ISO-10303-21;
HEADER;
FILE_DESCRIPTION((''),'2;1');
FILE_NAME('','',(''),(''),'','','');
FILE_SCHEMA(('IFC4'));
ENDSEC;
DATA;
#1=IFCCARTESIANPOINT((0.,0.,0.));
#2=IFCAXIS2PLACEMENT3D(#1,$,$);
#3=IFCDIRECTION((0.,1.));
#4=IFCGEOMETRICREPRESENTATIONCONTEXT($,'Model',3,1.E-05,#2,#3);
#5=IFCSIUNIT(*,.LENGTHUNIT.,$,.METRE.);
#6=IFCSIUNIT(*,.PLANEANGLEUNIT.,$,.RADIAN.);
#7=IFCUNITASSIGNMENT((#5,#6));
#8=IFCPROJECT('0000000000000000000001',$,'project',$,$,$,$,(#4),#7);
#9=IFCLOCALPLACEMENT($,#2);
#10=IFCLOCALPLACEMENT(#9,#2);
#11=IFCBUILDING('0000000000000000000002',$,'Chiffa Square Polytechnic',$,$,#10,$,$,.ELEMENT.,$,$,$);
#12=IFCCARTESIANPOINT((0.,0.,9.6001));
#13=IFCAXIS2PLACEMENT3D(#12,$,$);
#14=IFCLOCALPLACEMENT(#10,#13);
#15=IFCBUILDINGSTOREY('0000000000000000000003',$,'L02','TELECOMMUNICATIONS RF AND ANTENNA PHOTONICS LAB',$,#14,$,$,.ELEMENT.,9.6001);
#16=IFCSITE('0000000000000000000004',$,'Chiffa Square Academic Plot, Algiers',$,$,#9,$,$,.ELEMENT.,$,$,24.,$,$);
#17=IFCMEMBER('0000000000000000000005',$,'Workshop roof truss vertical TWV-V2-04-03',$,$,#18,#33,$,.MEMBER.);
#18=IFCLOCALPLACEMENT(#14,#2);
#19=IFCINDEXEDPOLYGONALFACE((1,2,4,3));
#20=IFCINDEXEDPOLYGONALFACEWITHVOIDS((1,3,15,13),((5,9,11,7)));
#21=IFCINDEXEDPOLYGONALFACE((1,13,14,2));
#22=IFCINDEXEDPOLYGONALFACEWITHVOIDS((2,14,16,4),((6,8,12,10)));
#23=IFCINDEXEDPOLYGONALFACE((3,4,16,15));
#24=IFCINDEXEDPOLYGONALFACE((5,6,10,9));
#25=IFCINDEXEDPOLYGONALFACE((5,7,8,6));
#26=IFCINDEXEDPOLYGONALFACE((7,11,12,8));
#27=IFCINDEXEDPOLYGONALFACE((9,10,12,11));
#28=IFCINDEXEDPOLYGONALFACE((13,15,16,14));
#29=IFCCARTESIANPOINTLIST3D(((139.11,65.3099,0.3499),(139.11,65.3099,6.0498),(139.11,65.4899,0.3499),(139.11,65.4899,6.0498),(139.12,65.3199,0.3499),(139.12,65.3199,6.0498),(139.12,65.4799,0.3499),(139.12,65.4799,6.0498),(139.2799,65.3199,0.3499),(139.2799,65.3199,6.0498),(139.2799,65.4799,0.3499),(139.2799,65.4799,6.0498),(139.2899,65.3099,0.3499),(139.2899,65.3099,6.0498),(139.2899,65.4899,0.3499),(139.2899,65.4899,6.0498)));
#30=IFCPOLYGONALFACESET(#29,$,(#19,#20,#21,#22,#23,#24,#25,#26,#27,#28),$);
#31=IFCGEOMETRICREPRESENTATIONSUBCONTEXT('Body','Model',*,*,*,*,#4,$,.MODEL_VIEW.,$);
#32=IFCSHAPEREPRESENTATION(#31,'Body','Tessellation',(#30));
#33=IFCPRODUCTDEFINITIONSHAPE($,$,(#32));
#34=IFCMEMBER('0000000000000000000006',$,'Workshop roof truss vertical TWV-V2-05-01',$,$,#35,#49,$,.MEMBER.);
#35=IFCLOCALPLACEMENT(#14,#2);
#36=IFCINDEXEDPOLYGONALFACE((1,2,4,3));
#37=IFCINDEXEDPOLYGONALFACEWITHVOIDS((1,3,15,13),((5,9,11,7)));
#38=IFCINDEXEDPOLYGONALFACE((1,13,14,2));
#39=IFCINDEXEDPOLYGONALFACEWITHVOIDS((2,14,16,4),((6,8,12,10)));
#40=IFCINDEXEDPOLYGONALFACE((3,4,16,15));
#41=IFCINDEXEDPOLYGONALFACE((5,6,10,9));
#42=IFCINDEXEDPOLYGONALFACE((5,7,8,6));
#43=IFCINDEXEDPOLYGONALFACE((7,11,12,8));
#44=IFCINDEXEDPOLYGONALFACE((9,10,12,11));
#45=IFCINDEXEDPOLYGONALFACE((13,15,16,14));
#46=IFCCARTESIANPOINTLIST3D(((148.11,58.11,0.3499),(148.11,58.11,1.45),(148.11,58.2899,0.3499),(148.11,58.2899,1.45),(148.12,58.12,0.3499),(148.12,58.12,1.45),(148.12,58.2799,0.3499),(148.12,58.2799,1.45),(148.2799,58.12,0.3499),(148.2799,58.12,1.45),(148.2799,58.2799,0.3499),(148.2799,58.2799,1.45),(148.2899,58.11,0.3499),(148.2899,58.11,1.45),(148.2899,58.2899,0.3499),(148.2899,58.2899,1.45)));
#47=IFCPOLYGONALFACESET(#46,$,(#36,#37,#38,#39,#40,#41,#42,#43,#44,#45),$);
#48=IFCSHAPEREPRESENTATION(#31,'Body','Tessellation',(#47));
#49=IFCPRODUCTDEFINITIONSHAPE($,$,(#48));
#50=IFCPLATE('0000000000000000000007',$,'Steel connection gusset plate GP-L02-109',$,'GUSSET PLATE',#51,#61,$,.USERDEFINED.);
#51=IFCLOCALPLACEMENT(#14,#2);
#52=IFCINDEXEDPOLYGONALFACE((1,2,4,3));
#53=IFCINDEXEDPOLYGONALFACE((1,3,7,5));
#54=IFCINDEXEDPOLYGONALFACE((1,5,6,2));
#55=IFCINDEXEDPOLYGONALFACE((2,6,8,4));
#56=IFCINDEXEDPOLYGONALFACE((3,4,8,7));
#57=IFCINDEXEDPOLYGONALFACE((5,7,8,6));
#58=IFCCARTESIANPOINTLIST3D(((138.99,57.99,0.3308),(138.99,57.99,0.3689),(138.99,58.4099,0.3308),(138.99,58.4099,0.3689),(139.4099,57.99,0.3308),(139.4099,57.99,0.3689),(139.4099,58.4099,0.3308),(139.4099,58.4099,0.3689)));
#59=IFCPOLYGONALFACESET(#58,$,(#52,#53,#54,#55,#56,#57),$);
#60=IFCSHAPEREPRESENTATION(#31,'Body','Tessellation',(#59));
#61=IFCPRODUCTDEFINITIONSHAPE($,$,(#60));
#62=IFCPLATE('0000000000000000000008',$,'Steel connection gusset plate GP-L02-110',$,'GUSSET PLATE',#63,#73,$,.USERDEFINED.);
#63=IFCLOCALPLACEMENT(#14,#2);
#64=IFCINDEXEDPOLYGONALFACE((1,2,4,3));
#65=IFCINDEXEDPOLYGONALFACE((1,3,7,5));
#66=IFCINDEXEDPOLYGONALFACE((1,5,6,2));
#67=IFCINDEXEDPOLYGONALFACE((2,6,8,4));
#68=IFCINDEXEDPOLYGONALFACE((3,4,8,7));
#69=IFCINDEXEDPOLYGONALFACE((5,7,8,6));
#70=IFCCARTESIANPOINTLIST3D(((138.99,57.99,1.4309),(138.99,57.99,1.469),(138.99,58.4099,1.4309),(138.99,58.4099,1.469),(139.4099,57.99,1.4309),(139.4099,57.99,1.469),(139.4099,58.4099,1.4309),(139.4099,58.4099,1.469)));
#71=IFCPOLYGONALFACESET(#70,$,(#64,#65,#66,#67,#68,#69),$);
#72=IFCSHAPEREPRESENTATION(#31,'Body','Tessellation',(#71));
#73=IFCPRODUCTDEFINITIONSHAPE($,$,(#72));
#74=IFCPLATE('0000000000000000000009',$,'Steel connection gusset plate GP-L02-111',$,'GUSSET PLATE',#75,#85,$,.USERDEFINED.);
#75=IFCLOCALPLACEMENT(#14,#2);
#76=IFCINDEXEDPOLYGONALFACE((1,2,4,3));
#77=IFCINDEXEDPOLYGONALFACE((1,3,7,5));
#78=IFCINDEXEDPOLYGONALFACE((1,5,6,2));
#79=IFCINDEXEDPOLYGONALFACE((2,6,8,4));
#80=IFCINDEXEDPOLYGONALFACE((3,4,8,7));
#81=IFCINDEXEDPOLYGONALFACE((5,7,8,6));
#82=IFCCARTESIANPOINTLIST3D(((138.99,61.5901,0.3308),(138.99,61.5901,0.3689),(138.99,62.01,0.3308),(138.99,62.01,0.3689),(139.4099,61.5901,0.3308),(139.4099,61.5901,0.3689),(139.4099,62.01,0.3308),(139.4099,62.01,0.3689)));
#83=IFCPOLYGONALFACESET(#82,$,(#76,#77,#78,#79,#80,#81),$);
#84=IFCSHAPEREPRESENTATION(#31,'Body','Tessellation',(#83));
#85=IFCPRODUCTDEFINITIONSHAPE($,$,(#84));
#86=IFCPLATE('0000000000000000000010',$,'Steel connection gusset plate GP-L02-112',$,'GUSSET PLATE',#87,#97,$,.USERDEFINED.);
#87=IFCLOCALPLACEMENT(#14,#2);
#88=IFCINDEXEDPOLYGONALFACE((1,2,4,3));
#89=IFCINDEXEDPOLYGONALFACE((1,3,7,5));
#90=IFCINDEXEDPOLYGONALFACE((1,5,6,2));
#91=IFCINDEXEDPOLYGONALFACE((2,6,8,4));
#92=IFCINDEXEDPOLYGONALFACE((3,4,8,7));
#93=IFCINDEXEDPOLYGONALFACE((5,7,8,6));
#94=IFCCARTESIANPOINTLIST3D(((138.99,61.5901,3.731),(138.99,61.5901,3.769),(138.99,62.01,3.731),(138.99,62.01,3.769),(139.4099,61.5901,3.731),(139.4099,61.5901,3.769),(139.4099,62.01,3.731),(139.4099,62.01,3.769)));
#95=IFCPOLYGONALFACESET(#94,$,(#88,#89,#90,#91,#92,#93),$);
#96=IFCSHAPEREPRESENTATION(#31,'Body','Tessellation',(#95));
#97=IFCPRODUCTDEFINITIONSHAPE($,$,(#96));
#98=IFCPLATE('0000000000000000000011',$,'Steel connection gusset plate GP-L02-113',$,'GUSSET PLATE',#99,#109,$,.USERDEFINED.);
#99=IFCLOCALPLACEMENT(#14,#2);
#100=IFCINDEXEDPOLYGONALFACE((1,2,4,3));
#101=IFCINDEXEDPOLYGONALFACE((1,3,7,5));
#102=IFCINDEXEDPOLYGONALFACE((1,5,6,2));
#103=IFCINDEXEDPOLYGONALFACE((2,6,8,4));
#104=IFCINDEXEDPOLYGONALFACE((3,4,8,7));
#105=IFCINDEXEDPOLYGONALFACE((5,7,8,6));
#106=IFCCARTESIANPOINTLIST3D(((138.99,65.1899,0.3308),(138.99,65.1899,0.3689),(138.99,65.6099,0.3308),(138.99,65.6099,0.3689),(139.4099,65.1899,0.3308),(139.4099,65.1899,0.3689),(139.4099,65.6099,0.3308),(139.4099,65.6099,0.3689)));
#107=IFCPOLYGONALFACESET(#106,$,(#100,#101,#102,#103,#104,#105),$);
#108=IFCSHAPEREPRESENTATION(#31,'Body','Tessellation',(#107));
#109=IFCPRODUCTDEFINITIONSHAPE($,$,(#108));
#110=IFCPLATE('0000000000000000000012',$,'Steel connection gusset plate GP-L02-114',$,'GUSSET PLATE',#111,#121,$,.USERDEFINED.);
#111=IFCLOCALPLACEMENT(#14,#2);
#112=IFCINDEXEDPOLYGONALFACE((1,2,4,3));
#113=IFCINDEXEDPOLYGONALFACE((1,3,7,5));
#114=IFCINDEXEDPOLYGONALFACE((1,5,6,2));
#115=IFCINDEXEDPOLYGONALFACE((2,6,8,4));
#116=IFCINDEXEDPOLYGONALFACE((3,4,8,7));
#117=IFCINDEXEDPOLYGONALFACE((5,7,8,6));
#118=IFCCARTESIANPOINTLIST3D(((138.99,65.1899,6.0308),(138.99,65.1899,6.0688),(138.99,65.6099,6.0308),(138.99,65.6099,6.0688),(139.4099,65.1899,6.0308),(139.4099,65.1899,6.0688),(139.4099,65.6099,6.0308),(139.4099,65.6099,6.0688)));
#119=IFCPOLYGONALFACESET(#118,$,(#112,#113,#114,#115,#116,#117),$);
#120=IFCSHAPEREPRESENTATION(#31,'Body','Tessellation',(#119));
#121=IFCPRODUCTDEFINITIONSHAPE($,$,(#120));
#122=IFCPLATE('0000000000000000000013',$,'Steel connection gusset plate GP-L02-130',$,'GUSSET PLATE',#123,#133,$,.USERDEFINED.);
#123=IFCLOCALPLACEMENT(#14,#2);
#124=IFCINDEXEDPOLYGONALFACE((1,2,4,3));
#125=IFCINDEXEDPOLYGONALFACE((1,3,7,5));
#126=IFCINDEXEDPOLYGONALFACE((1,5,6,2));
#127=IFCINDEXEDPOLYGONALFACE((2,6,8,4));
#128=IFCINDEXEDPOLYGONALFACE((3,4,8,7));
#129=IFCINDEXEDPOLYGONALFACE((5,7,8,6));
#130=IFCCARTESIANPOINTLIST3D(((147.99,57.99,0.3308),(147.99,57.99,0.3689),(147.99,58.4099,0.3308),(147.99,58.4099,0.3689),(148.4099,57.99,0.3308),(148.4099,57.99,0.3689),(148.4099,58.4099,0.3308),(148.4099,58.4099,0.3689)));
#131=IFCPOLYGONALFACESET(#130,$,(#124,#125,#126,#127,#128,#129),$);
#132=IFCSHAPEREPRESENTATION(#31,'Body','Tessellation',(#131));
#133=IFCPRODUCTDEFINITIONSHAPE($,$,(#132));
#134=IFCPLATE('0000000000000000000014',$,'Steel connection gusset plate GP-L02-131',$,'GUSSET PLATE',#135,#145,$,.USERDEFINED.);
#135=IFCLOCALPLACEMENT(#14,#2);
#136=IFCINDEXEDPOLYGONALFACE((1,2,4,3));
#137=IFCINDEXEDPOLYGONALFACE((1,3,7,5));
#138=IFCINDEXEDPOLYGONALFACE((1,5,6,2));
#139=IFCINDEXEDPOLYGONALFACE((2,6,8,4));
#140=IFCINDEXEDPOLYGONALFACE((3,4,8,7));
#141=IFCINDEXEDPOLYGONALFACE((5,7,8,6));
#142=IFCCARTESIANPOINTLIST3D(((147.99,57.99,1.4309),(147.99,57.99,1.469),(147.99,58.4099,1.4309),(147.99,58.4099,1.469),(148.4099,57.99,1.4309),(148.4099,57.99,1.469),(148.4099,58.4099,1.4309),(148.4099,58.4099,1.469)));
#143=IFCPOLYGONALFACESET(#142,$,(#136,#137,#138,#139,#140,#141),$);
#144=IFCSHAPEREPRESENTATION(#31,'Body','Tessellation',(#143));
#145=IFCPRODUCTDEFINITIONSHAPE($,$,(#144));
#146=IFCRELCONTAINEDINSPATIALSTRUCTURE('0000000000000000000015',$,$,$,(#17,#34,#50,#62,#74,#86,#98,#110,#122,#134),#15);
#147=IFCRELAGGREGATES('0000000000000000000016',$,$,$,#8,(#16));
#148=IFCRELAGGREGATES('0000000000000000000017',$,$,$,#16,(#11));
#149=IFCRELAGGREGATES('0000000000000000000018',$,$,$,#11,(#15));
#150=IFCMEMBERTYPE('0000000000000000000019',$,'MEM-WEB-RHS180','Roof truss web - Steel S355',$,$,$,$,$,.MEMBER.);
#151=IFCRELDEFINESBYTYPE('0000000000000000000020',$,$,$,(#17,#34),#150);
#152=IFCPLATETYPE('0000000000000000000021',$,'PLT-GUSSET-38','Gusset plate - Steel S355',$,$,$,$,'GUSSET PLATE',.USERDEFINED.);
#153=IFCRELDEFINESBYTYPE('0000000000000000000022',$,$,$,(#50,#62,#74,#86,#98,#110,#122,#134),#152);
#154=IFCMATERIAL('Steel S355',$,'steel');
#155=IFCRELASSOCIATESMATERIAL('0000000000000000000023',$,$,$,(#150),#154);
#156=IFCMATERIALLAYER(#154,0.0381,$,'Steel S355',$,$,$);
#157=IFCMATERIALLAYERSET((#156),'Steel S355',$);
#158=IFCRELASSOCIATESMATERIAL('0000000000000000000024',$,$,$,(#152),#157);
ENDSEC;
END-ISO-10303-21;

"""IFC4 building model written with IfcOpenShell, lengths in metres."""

from ifc_helpers import new_model, si_unit, direction, frame, origin, origin_2d, place, context, subcontext, project, spatial, rectangle, hollow_rectangle, extrude, material, layer, layer_set, material_profile, profile_set, type_object, element, save


model = new_model("IFC4")

# Units and contexts
model_context = context("Model", 3, precision=1e-05, world=origin(), true_north=direction((0.0, 1.0)))
body_context = subcontext(model_context, "Body", "Model", "MODEL_VIEW")
ifc_project = project(units=[si_unit("LENGTHUNIT", "METRE"), si_unit("PLANEANGLEUNIT", "RADIAN")], contexts=[model_context])

# Site, building, storey
site_placement = place(None, origin())
site = spatial("IfcSite", under=ifc_project, at=site_placement, Name="Chiffa Square Academic Plot, Algiers", CompositionType="ELEMENT", RefElevation=24.0)
building_placement = place(site_placement, origin())
building = spatial("IfcBuilding", under=site, at=building_placement, Name="Chiffa Square Polytechnic", CompositionType="ELEMENT")
storey_placement = place(building_placement, frame((0.0, 0.0, 9.6001)))
storey = spatial("IfcBuildingStorey", under=building, at=storey_placement, Name="L02", Description="TELECOMMUNICATIONS RF AND ANTENNA PHOTONICS LAB", CompositionType="ELEMENT", Elevation=9.6001)

# Shared definitions
ifc_material = material(Name="Steel S355", Category="steel")

# Members
ifc_material_profile_1 = material_profile(ifc_material, hollow_rectangle(XDim=0.1799, YDim=0.1799, WallThickness=0.01, at=origin_2d()), Name="RHS 180x180x10")
ifc_profile_set_1 = profile_set([ifc_material_profile_1], Name="Steel S355")
member_type_1 = type_object("IfcMemberType", Name="MEM-WEB-RHS180", Description="Roof truss web - Steel S355", PredefinedType="MEMBER", material=ifc_profile_set_1)
member_1_placement = place(storey_placement, frame((139.2, 65.3999, 0.3499), z_axis=(0.0, 0.0, 1.0), x_axis=(1.0, 0.0, 0.0)))
element("IfcMember", 1, at=member_1_placement, inside=storey, type_object=member_type_1, Name="Workshop roof truss vertical TWV-V2-04-03", PredefinedType="MEMBER", context=body_context, shape_type="SweptSolid", body=[
    extrude(hollow_rectangle(XDim=0.1799, YDim=0.1799, WallThickness=0.01, at=origin_2d()), origin(), (0.0, 0.0, 1.0), 5.7),
])
member_2_placement = place(storey_placement, frame((148.2, 58.2, 0.3499), z_axis=(0.0, 0.0, 1.0), x_axis=(1.0, 0.0, 0.0)))
element("IfcMember", 2, at=member_2_placement, inside=storey, type_object=member_type_1, Name="Workshop roof truss vertical TWV-V2-05-01", PredefinedType="MEMBER", context=body_context, shape_type="SweptSolid", body=[
    extrude(hollow_rectangle(XDim=0.1799, YDim=0.1799, WallThickness=0.01, at=origin_2d()), origin(), (0.0, 0.0, 1.0), 1.1001),
])

# Plates
ifc_layer = layer(ifc_material, 0.0381, Name="Steel S355")
ifc_layer_set = layer_set([ifc_layer], Name="Steel S355")
plate_type = type_object("IfcPlateType", Name="PLT-GUSSET-38", Description="Gusset plate - Steel S355", ElementType="GUSSET PLATE", PredefinedType="USERDEFINED", material=ifc_layer_set)
for number, where, z_axis, x_axis, name in (
    (3, (139.2, 58.2, 0.3308), (0.0, 0.0, 1.0), (1.0, 0.0, 0.0), "Steel connection gusset plate GP-L02-109"),
    (4, (139.2, 58.2, 1.4309), (0.0, 0.0, 1.0), (1.0, 0.0, 0.0), "Steel connection gusset plate GP-L02-110"),
    (5, (139.2, 61.8, 0.3308), (0.0, 0.0, 1.0), (1.0, 0.0, 0.0), "Steel connection gusset plate GP-L02-111"),
    (6, (139.2, 61.8, 3.731), (0.0, 0.0, 1.0), (1.0, 0.0, 0.0), "Steel connection gusset plate GP-L02-112"),
    (7, (139.2, 65.3999, 0.3308), (0.0, 0.0, 1.0), (1.0, 0.0, 0.0), "Steel connection gusset plate GP-L02-113"),
    (8, (139.2, 65.3999, 6.0308), (0.0, 0.0, 1.0), (1.0, 0.0, 0.0), "Steel connection gusset plate GP-L02-114"),
    (9, (148.2, 58.2, 0.3308), (0.0, 0.0, 1.0), (1.0, 0.0, 0.0), "Steel connection gusset plate GP-L02-130"),
    (10, (148.2, 58.2, 1.4309), (0.0, 0.0, 1.0), (1.0, 0.0, 0.0), "Steel connection gusset plate GP-L02-131"),
):
    element("IfcPlate", number, at=place(storey_placement, frame(where, z_axis=z_axis, x_axis=x_axis)), inside=storey, type_object=plate_type, Name=name, ObjectType="GUSSET PLATE", PredefinedType="USERDEFINED", context=body_context, shape_type="SweptSolid", body=[
        extrude(rectangle(XDim=0.4199, YDim=0.4199, at=origin_2d()), origin(), (0.0, 0.0, 1.0), 0.0381),
    ])

save(model, "model.ifc")
